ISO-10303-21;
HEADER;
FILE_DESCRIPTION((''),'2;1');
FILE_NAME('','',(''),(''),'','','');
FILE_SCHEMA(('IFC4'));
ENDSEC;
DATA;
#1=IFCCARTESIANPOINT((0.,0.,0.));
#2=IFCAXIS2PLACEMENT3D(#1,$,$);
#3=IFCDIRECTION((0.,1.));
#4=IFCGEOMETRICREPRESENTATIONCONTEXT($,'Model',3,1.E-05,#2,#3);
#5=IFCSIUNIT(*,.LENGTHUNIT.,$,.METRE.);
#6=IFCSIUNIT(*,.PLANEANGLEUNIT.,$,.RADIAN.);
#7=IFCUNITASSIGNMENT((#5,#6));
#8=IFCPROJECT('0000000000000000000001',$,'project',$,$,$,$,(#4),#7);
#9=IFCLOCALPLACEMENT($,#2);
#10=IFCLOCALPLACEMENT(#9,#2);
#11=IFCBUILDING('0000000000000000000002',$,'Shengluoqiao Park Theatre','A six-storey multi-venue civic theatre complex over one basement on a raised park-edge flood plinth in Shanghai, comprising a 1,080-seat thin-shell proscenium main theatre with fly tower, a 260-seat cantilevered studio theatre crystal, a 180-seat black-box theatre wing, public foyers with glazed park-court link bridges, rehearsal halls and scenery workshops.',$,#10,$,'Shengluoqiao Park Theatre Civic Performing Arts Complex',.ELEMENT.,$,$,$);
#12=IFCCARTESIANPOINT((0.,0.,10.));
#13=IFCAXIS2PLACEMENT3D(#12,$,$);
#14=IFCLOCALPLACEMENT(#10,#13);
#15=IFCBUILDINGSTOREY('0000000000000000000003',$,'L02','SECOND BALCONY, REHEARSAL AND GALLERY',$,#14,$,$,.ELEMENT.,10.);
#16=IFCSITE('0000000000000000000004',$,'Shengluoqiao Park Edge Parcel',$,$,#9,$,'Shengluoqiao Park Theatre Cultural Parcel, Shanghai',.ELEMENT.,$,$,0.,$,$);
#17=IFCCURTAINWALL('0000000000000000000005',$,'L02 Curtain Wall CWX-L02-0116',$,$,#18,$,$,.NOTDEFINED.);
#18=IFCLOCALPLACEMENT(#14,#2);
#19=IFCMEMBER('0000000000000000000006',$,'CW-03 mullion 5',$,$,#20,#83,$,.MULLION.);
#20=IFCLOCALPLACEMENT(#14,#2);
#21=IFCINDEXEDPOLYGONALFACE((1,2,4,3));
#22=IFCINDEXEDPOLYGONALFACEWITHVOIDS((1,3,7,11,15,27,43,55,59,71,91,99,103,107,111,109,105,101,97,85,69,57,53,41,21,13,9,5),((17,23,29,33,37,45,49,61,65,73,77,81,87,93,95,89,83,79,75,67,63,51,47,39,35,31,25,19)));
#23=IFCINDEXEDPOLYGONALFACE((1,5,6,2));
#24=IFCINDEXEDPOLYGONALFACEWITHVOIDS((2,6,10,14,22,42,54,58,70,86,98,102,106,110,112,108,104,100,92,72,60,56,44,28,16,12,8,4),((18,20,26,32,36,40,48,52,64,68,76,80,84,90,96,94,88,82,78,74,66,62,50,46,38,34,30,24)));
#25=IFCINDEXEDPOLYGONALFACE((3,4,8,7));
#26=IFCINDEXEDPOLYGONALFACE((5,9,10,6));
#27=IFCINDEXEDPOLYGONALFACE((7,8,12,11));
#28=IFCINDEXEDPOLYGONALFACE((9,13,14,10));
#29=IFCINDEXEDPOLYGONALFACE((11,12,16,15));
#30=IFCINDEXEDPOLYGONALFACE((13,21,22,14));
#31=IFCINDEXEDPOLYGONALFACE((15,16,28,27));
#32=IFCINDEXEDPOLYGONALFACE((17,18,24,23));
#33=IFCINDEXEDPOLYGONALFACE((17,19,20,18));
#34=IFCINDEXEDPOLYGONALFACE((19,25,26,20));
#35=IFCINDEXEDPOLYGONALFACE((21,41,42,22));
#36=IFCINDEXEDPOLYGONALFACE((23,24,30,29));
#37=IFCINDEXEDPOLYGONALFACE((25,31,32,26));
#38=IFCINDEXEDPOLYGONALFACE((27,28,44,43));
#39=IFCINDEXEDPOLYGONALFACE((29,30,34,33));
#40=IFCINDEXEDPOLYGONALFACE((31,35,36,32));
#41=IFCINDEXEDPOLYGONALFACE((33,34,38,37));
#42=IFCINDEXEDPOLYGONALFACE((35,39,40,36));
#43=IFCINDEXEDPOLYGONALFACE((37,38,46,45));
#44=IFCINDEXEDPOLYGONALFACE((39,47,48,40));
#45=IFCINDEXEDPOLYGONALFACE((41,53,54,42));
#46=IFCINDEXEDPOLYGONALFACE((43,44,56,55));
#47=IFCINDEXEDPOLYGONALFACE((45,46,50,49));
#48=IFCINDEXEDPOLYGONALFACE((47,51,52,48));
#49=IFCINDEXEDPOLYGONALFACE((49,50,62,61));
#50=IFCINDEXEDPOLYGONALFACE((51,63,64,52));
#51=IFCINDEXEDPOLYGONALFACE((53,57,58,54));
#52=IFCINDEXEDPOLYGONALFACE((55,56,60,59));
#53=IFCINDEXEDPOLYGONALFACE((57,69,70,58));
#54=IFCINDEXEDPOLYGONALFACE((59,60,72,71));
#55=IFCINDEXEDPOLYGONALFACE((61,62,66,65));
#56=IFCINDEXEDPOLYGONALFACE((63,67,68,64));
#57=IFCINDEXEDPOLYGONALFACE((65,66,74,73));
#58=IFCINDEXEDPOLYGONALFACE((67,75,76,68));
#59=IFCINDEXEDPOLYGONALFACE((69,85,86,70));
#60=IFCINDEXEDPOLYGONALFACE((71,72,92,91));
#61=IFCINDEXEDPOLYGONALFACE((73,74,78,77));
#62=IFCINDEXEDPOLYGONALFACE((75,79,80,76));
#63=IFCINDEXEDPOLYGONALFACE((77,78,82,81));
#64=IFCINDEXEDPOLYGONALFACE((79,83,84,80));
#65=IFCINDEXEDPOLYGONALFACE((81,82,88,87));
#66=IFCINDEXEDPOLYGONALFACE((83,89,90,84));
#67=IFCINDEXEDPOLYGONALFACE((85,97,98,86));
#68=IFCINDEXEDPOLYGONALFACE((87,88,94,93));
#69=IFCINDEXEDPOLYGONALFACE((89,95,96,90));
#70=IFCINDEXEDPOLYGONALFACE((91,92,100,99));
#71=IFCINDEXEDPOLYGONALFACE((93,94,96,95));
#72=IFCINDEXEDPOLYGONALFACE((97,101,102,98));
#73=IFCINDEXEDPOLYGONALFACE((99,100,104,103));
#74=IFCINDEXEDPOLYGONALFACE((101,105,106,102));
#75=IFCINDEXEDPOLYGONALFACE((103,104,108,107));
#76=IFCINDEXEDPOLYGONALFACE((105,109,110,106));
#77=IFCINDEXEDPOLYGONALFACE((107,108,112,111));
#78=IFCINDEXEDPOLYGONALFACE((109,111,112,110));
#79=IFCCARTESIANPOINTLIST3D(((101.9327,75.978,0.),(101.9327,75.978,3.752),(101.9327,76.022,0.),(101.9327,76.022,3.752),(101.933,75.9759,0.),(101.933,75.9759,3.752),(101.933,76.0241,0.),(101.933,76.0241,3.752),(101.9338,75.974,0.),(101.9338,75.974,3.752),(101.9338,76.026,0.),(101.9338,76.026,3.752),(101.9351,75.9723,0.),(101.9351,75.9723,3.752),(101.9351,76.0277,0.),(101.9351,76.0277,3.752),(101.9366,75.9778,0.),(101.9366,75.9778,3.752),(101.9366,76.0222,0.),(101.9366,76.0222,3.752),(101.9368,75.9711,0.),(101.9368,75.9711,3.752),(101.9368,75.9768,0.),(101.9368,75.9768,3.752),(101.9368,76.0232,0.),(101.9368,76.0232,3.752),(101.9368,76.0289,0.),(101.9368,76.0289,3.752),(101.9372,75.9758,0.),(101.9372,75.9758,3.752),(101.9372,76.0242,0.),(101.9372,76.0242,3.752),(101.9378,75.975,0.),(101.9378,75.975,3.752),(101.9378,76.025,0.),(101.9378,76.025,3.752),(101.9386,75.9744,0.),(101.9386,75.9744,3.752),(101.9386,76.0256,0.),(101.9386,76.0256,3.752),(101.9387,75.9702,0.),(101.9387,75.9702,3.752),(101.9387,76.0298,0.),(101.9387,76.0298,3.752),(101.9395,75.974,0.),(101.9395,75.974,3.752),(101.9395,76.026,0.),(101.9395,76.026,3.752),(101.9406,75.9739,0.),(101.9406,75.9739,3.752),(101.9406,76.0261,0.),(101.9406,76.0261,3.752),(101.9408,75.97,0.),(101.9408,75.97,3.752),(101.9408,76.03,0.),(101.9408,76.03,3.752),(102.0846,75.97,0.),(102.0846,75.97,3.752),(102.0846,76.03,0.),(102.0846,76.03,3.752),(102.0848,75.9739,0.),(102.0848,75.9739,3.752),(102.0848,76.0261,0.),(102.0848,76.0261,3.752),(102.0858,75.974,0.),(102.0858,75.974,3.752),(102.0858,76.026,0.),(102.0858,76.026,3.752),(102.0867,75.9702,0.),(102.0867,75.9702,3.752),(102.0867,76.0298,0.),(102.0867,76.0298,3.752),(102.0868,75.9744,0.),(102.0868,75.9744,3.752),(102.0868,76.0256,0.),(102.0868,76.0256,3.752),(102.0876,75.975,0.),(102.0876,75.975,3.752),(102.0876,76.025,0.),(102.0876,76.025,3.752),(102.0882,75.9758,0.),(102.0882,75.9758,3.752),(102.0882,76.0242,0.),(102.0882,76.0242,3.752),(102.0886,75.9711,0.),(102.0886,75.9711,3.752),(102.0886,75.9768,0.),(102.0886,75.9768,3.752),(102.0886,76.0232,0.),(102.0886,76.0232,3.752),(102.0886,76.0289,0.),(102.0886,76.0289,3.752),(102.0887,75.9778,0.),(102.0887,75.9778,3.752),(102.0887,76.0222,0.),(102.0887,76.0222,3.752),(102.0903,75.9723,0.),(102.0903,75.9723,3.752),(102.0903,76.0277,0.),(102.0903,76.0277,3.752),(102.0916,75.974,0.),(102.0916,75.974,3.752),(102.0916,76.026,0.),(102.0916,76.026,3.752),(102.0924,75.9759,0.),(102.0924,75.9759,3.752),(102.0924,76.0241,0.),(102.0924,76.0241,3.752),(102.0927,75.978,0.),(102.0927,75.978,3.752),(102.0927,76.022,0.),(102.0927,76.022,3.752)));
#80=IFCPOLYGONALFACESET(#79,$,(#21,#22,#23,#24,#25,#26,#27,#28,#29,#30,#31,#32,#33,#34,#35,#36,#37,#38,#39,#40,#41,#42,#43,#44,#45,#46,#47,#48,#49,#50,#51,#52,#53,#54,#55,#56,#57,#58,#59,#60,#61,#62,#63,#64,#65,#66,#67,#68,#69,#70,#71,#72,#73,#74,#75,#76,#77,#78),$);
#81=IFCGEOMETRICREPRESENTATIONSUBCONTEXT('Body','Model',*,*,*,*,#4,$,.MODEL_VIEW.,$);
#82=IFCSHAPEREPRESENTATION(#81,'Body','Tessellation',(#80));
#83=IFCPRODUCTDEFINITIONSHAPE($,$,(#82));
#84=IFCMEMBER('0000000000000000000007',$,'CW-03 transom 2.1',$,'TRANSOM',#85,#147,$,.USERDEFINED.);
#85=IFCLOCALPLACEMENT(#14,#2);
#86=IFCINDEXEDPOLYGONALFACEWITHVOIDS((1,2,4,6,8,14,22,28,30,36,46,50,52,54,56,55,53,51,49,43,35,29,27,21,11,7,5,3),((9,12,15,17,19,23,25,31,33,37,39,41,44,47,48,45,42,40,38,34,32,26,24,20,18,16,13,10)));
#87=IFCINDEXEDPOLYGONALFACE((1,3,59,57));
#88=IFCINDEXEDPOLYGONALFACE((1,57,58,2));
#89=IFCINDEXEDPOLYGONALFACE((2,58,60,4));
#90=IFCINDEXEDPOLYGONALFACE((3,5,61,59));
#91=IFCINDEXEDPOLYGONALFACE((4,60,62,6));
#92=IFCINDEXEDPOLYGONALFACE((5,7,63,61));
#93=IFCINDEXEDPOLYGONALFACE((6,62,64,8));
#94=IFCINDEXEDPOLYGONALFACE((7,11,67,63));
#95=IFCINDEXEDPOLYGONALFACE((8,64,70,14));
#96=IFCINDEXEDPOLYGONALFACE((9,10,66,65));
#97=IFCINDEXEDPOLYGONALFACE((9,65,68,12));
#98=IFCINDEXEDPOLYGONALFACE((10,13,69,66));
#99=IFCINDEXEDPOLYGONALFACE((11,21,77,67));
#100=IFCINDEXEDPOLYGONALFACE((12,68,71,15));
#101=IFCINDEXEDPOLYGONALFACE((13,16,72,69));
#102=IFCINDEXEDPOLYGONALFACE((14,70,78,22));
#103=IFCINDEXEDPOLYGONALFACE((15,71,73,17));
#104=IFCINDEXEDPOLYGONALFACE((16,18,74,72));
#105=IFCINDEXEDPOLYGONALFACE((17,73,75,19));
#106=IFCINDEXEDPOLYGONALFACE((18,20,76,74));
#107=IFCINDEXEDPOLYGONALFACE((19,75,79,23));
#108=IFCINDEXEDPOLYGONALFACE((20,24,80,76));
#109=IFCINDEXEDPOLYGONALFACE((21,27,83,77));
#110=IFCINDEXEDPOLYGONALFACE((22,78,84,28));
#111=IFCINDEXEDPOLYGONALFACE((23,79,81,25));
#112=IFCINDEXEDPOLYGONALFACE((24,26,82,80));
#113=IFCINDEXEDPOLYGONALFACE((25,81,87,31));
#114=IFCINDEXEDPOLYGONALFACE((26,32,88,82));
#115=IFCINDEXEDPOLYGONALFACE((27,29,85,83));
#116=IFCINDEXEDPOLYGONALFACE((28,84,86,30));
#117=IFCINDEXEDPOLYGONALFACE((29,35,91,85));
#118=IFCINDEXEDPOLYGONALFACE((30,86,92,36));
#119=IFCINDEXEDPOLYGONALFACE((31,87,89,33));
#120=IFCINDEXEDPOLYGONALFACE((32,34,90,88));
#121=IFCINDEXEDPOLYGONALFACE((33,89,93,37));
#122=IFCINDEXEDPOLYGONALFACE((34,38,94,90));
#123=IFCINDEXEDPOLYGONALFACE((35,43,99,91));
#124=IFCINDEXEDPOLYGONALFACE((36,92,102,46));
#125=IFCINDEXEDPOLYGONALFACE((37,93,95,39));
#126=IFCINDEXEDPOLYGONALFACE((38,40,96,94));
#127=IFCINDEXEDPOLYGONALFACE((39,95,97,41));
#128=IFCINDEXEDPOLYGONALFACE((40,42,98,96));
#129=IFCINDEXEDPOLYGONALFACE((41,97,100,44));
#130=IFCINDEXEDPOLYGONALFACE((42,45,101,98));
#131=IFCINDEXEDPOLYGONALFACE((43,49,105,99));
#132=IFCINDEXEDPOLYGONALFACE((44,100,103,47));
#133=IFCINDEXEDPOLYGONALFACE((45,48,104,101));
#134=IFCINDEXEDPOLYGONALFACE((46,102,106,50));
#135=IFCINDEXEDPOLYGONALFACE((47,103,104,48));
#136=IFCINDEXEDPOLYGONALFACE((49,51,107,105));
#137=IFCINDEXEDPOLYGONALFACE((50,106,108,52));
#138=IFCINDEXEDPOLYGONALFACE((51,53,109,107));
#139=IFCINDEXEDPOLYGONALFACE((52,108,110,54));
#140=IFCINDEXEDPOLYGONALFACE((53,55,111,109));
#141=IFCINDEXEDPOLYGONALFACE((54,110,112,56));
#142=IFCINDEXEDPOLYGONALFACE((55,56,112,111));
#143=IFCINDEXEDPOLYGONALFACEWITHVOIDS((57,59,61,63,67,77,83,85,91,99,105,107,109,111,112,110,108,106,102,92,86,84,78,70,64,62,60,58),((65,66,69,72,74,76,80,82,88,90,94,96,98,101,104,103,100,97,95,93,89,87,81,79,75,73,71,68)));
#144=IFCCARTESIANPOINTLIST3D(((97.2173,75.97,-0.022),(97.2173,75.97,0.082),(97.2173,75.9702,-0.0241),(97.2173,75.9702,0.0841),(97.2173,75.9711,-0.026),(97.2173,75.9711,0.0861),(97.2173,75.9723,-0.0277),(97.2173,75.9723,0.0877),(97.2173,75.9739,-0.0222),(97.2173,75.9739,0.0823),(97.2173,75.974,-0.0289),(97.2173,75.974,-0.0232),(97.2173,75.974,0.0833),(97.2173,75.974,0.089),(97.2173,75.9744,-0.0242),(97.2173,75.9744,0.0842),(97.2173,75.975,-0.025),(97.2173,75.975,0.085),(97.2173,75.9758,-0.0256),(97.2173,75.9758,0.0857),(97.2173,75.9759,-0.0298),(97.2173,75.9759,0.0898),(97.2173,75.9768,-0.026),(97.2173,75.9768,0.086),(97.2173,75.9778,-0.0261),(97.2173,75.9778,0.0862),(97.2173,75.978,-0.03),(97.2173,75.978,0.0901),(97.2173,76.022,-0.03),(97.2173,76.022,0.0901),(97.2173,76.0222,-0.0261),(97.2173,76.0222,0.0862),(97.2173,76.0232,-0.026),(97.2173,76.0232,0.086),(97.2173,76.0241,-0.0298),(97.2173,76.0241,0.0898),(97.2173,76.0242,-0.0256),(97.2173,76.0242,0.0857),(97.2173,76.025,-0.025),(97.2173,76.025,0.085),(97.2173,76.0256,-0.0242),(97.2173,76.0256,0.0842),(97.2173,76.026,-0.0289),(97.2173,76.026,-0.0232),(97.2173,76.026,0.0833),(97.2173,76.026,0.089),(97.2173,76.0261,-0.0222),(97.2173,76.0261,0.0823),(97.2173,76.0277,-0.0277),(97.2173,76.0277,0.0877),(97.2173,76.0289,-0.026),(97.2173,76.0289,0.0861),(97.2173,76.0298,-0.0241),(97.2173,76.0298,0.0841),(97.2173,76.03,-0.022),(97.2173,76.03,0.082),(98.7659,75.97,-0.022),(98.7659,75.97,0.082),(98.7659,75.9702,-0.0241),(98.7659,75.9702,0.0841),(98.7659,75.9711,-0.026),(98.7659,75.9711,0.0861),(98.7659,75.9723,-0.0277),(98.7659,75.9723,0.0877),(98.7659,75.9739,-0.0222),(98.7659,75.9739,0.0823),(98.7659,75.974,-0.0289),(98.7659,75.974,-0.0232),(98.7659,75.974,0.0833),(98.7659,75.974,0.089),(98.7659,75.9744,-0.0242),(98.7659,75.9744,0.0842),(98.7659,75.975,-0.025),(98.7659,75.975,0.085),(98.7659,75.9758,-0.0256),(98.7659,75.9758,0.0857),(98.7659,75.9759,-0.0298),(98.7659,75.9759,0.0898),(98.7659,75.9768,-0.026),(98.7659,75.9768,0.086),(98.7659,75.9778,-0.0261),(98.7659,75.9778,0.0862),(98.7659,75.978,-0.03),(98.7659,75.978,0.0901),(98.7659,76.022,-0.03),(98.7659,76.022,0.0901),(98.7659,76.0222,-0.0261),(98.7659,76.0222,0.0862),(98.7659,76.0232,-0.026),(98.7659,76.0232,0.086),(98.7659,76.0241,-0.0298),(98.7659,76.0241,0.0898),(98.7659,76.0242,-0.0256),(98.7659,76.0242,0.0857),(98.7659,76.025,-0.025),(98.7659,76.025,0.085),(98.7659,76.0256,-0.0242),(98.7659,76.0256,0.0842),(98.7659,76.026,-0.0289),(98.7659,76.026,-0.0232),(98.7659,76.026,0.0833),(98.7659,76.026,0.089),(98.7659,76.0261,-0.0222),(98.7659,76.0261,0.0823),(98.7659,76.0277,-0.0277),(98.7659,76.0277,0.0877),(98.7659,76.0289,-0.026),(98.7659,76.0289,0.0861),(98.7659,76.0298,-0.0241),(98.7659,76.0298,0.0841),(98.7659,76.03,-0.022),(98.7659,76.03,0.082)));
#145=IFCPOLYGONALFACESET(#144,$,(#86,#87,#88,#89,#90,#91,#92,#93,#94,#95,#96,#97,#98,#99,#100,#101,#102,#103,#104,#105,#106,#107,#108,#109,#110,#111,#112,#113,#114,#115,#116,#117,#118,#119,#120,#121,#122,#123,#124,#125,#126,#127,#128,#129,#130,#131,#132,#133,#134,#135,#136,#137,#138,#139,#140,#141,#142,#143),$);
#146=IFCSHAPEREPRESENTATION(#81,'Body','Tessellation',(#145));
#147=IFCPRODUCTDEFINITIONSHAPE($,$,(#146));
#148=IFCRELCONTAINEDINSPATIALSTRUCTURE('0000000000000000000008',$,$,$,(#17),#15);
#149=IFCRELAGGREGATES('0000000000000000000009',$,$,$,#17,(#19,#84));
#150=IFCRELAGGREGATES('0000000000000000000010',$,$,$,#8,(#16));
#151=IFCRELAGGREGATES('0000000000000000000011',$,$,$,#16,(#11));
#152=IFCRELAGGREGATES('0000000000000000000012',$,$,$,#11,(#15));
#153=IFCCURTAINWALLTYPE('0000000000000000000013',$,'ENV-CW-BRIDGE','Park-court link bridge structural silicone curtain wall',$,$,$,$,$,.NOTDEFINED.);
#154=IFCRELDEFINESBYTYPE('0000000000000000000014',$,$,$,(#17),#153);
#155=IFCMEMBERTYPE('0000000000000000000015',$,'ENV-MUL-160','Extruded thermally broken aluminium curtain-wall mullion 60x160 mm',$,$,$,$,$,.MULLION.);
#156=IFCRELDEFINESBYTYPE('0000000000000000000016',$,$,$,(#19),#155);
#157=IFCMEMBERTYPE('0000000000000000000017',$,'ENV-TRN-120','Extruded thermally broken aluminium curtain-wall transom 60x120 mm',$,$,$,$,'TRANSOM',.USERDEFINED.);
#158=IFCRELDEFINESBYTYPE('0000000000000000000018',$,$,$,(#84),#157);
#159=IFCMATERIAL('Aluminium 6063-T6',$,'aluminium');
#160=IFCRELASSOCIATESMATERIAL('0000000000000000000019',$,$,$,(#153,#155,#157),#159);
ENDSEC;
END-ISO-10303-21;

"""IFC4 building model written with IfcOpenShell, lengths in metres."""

from ifc_helpers import new_model, si_unit, direction, frame, origin, origin_2d, place, context, subcontext, project, spatial, hollow_rectangle, extrude, material, material_profile, profile_set, type_object, element, aggregate, save


model = new_model("IFC4")

# Units and contexts
model_context = context("Model", 3, precision=1e-05, world=origin(), true_north=direction((0.0, 1.0)))
body_context = subcontext(model_context, "Body", "Model", "MODEL_VIEW")
ifc_project = project(units=[si_unit("LENGTHUNIT", "METRE"), si_unit("PLANEANGLEUNIT", "RADIAN")], contexts=[model_context])

# Site, building, storey
site_placement = place(None, origin())
site = spatial("IfcSite", under=ifc_project, at=site_placement, Name="Shengluoqiao Park Edge Parcel", LongName="Shengluoqiao Park Theatre Cultural Parcel, Shanghai", CompositionType="ELEMENT", RefElevation=0.0)
building_placement = place(site_placement, origin())
building = spatial("IfcBuilding", under=site, at=building_placement, Name="Shengluoqiao Park Theatre", Description="A six-storey multi-venue civic theatre complex over one basement on a raised park-edge flood plinth in Shanghai, comprising a 1,080-seat thin-shell proscenium main theatre with fly tower, a 260-seat cantilevered studio theatre crystal, a 180-seat black-box theatre wing, public foyers with glazed park-court link bridges, rehearsal halls and scenery workshops.", LongName="Shengluoqiao Park Theatre Civic Performing Arts Complex", CompositionType="ELEMENT")
storey_placement = place(building_placement, frame((0.0, 0.0, 10.0)))
storey = spatial("IfcBuildingStorey", under=building, at=storey_placement, Name="L02", Description="SECOND BALCONY, REHEARSAL AND GALLERY", CompositionType="ELEMENT", Elevation=10.0)

# Curtain wall, members
ifc_material_1 = material(Name="Aluminium 6063-T6", Category="aluminium")
curtain_wall_type = type_object("IfcCurtainWallType", Name="ENV-CW-BRIDGE", Description="Park-court link bridge structural silicone curtain wall", PredefinedType="NOTDEFINED", material=ifc_material_1)
curtain_wall_placement = place(storey_placement, origin())
curtain_wall = element("IfcCurtainWall", 1, at=curtain_wall_placement, inside=storey, type_object=curtain_wall_type, Name="L02 Curtain Wall CWX-L02-0116", PredefinedType="NOTDEFINED")
ifc_material_profile_1 = material_profile(ifc_material_1, hollow_rectangle(XDim=0.0601, YDim=0.1599, WallThickness=0.0039, InnerFilletRadius=0.0039, OuterFilletRadius=0.0081, at=origin_2d()), Name="ALU MULLION 160x60x4")
ifc_profile_set_1 = profile_set([ifc_material_profile_1], Name="Aluminium 6063-T6")
member_type_1 = type_object("IfcMemberType", Name="ENV-MUL-160", Description="Extruded thermally broken aluminium curtain-wall mullion 60x160 mm", PredefinedType="MULLION", material=ifc_profile_set_1)
member_1_placement = place(storey_placement, frame((102.0127, 76.0, 0.0), z_axis=(0.0, 0.0, 1.0), x_axis=(0.0, 1.0, 0.0)))
member_1 = element("IfcMember", 2, at=member_1_placement, type_object=member_type_1, Name="CW-03 mullion 5", PredefinedType="MULLION", context=body_context, shape_type="SweptSolid", body=[
    extrude(hollow_rectangle(XDim=0.0601, YDim=0.1599, WallThickness=0.0039, InnerFilletRadius=0.0039, OuterFilletRadius=0.0081, at=origin_2d()), origin(), (0.0, 0.0, 1.0), 3.752),
])
ifc_material_profile_2 = material_profile(ifc_material_1, hollow_rectangle(XDim=0.0601, YDim=0.1201, WallThickness=0.0039, InnerFilletRadius=0.0039, OuterFilletRadius=0.0081, at=origin_2d()), Name="ALU TRANSOM 120x60x4")
ifc_profile_set_2 = profile_set([ifc_material_profile_2], Name="Aluminium 6063-T6")
member_type_2 = type_object("IfcMemberType", Name="ENV-TRN-120", Description="Extruded thermally broken aluminium curtain-wall transom 60x120 mm", ElementType="TRANSOM", PredefinedType="USERDEFINED", material=ifc_profile_set_2)
member_2_placement = place(storey_placement, frame((97.2173, 76.0, 0.03), z_axis=(1.0, 0.0, 0.0), x_axis=(0.0, 1.0, 0.0)))
member_2 = element("IfcMember", 3, at=member_2_placement, type_object=member_type_2, Name="CW-03 transom 2.1", ObjectType="TRANSOM", PredefinedType="USERDEFINED", context=body_context, shape_type="SweptSolid", body=[
    extrude(hollow_rectangle(XDim=0.0601, YDim=0.1201, WallThickness=0.0039, InnerFilletRadius=0.0039, OuterFilletRadius=0.0081, at=origin_2d()), origin(), (0.0, 0.0, 1.0), 1.5486),
])
aggregate(curtain_wall, [member_1, member_2])

save(model, "model.ifc")
